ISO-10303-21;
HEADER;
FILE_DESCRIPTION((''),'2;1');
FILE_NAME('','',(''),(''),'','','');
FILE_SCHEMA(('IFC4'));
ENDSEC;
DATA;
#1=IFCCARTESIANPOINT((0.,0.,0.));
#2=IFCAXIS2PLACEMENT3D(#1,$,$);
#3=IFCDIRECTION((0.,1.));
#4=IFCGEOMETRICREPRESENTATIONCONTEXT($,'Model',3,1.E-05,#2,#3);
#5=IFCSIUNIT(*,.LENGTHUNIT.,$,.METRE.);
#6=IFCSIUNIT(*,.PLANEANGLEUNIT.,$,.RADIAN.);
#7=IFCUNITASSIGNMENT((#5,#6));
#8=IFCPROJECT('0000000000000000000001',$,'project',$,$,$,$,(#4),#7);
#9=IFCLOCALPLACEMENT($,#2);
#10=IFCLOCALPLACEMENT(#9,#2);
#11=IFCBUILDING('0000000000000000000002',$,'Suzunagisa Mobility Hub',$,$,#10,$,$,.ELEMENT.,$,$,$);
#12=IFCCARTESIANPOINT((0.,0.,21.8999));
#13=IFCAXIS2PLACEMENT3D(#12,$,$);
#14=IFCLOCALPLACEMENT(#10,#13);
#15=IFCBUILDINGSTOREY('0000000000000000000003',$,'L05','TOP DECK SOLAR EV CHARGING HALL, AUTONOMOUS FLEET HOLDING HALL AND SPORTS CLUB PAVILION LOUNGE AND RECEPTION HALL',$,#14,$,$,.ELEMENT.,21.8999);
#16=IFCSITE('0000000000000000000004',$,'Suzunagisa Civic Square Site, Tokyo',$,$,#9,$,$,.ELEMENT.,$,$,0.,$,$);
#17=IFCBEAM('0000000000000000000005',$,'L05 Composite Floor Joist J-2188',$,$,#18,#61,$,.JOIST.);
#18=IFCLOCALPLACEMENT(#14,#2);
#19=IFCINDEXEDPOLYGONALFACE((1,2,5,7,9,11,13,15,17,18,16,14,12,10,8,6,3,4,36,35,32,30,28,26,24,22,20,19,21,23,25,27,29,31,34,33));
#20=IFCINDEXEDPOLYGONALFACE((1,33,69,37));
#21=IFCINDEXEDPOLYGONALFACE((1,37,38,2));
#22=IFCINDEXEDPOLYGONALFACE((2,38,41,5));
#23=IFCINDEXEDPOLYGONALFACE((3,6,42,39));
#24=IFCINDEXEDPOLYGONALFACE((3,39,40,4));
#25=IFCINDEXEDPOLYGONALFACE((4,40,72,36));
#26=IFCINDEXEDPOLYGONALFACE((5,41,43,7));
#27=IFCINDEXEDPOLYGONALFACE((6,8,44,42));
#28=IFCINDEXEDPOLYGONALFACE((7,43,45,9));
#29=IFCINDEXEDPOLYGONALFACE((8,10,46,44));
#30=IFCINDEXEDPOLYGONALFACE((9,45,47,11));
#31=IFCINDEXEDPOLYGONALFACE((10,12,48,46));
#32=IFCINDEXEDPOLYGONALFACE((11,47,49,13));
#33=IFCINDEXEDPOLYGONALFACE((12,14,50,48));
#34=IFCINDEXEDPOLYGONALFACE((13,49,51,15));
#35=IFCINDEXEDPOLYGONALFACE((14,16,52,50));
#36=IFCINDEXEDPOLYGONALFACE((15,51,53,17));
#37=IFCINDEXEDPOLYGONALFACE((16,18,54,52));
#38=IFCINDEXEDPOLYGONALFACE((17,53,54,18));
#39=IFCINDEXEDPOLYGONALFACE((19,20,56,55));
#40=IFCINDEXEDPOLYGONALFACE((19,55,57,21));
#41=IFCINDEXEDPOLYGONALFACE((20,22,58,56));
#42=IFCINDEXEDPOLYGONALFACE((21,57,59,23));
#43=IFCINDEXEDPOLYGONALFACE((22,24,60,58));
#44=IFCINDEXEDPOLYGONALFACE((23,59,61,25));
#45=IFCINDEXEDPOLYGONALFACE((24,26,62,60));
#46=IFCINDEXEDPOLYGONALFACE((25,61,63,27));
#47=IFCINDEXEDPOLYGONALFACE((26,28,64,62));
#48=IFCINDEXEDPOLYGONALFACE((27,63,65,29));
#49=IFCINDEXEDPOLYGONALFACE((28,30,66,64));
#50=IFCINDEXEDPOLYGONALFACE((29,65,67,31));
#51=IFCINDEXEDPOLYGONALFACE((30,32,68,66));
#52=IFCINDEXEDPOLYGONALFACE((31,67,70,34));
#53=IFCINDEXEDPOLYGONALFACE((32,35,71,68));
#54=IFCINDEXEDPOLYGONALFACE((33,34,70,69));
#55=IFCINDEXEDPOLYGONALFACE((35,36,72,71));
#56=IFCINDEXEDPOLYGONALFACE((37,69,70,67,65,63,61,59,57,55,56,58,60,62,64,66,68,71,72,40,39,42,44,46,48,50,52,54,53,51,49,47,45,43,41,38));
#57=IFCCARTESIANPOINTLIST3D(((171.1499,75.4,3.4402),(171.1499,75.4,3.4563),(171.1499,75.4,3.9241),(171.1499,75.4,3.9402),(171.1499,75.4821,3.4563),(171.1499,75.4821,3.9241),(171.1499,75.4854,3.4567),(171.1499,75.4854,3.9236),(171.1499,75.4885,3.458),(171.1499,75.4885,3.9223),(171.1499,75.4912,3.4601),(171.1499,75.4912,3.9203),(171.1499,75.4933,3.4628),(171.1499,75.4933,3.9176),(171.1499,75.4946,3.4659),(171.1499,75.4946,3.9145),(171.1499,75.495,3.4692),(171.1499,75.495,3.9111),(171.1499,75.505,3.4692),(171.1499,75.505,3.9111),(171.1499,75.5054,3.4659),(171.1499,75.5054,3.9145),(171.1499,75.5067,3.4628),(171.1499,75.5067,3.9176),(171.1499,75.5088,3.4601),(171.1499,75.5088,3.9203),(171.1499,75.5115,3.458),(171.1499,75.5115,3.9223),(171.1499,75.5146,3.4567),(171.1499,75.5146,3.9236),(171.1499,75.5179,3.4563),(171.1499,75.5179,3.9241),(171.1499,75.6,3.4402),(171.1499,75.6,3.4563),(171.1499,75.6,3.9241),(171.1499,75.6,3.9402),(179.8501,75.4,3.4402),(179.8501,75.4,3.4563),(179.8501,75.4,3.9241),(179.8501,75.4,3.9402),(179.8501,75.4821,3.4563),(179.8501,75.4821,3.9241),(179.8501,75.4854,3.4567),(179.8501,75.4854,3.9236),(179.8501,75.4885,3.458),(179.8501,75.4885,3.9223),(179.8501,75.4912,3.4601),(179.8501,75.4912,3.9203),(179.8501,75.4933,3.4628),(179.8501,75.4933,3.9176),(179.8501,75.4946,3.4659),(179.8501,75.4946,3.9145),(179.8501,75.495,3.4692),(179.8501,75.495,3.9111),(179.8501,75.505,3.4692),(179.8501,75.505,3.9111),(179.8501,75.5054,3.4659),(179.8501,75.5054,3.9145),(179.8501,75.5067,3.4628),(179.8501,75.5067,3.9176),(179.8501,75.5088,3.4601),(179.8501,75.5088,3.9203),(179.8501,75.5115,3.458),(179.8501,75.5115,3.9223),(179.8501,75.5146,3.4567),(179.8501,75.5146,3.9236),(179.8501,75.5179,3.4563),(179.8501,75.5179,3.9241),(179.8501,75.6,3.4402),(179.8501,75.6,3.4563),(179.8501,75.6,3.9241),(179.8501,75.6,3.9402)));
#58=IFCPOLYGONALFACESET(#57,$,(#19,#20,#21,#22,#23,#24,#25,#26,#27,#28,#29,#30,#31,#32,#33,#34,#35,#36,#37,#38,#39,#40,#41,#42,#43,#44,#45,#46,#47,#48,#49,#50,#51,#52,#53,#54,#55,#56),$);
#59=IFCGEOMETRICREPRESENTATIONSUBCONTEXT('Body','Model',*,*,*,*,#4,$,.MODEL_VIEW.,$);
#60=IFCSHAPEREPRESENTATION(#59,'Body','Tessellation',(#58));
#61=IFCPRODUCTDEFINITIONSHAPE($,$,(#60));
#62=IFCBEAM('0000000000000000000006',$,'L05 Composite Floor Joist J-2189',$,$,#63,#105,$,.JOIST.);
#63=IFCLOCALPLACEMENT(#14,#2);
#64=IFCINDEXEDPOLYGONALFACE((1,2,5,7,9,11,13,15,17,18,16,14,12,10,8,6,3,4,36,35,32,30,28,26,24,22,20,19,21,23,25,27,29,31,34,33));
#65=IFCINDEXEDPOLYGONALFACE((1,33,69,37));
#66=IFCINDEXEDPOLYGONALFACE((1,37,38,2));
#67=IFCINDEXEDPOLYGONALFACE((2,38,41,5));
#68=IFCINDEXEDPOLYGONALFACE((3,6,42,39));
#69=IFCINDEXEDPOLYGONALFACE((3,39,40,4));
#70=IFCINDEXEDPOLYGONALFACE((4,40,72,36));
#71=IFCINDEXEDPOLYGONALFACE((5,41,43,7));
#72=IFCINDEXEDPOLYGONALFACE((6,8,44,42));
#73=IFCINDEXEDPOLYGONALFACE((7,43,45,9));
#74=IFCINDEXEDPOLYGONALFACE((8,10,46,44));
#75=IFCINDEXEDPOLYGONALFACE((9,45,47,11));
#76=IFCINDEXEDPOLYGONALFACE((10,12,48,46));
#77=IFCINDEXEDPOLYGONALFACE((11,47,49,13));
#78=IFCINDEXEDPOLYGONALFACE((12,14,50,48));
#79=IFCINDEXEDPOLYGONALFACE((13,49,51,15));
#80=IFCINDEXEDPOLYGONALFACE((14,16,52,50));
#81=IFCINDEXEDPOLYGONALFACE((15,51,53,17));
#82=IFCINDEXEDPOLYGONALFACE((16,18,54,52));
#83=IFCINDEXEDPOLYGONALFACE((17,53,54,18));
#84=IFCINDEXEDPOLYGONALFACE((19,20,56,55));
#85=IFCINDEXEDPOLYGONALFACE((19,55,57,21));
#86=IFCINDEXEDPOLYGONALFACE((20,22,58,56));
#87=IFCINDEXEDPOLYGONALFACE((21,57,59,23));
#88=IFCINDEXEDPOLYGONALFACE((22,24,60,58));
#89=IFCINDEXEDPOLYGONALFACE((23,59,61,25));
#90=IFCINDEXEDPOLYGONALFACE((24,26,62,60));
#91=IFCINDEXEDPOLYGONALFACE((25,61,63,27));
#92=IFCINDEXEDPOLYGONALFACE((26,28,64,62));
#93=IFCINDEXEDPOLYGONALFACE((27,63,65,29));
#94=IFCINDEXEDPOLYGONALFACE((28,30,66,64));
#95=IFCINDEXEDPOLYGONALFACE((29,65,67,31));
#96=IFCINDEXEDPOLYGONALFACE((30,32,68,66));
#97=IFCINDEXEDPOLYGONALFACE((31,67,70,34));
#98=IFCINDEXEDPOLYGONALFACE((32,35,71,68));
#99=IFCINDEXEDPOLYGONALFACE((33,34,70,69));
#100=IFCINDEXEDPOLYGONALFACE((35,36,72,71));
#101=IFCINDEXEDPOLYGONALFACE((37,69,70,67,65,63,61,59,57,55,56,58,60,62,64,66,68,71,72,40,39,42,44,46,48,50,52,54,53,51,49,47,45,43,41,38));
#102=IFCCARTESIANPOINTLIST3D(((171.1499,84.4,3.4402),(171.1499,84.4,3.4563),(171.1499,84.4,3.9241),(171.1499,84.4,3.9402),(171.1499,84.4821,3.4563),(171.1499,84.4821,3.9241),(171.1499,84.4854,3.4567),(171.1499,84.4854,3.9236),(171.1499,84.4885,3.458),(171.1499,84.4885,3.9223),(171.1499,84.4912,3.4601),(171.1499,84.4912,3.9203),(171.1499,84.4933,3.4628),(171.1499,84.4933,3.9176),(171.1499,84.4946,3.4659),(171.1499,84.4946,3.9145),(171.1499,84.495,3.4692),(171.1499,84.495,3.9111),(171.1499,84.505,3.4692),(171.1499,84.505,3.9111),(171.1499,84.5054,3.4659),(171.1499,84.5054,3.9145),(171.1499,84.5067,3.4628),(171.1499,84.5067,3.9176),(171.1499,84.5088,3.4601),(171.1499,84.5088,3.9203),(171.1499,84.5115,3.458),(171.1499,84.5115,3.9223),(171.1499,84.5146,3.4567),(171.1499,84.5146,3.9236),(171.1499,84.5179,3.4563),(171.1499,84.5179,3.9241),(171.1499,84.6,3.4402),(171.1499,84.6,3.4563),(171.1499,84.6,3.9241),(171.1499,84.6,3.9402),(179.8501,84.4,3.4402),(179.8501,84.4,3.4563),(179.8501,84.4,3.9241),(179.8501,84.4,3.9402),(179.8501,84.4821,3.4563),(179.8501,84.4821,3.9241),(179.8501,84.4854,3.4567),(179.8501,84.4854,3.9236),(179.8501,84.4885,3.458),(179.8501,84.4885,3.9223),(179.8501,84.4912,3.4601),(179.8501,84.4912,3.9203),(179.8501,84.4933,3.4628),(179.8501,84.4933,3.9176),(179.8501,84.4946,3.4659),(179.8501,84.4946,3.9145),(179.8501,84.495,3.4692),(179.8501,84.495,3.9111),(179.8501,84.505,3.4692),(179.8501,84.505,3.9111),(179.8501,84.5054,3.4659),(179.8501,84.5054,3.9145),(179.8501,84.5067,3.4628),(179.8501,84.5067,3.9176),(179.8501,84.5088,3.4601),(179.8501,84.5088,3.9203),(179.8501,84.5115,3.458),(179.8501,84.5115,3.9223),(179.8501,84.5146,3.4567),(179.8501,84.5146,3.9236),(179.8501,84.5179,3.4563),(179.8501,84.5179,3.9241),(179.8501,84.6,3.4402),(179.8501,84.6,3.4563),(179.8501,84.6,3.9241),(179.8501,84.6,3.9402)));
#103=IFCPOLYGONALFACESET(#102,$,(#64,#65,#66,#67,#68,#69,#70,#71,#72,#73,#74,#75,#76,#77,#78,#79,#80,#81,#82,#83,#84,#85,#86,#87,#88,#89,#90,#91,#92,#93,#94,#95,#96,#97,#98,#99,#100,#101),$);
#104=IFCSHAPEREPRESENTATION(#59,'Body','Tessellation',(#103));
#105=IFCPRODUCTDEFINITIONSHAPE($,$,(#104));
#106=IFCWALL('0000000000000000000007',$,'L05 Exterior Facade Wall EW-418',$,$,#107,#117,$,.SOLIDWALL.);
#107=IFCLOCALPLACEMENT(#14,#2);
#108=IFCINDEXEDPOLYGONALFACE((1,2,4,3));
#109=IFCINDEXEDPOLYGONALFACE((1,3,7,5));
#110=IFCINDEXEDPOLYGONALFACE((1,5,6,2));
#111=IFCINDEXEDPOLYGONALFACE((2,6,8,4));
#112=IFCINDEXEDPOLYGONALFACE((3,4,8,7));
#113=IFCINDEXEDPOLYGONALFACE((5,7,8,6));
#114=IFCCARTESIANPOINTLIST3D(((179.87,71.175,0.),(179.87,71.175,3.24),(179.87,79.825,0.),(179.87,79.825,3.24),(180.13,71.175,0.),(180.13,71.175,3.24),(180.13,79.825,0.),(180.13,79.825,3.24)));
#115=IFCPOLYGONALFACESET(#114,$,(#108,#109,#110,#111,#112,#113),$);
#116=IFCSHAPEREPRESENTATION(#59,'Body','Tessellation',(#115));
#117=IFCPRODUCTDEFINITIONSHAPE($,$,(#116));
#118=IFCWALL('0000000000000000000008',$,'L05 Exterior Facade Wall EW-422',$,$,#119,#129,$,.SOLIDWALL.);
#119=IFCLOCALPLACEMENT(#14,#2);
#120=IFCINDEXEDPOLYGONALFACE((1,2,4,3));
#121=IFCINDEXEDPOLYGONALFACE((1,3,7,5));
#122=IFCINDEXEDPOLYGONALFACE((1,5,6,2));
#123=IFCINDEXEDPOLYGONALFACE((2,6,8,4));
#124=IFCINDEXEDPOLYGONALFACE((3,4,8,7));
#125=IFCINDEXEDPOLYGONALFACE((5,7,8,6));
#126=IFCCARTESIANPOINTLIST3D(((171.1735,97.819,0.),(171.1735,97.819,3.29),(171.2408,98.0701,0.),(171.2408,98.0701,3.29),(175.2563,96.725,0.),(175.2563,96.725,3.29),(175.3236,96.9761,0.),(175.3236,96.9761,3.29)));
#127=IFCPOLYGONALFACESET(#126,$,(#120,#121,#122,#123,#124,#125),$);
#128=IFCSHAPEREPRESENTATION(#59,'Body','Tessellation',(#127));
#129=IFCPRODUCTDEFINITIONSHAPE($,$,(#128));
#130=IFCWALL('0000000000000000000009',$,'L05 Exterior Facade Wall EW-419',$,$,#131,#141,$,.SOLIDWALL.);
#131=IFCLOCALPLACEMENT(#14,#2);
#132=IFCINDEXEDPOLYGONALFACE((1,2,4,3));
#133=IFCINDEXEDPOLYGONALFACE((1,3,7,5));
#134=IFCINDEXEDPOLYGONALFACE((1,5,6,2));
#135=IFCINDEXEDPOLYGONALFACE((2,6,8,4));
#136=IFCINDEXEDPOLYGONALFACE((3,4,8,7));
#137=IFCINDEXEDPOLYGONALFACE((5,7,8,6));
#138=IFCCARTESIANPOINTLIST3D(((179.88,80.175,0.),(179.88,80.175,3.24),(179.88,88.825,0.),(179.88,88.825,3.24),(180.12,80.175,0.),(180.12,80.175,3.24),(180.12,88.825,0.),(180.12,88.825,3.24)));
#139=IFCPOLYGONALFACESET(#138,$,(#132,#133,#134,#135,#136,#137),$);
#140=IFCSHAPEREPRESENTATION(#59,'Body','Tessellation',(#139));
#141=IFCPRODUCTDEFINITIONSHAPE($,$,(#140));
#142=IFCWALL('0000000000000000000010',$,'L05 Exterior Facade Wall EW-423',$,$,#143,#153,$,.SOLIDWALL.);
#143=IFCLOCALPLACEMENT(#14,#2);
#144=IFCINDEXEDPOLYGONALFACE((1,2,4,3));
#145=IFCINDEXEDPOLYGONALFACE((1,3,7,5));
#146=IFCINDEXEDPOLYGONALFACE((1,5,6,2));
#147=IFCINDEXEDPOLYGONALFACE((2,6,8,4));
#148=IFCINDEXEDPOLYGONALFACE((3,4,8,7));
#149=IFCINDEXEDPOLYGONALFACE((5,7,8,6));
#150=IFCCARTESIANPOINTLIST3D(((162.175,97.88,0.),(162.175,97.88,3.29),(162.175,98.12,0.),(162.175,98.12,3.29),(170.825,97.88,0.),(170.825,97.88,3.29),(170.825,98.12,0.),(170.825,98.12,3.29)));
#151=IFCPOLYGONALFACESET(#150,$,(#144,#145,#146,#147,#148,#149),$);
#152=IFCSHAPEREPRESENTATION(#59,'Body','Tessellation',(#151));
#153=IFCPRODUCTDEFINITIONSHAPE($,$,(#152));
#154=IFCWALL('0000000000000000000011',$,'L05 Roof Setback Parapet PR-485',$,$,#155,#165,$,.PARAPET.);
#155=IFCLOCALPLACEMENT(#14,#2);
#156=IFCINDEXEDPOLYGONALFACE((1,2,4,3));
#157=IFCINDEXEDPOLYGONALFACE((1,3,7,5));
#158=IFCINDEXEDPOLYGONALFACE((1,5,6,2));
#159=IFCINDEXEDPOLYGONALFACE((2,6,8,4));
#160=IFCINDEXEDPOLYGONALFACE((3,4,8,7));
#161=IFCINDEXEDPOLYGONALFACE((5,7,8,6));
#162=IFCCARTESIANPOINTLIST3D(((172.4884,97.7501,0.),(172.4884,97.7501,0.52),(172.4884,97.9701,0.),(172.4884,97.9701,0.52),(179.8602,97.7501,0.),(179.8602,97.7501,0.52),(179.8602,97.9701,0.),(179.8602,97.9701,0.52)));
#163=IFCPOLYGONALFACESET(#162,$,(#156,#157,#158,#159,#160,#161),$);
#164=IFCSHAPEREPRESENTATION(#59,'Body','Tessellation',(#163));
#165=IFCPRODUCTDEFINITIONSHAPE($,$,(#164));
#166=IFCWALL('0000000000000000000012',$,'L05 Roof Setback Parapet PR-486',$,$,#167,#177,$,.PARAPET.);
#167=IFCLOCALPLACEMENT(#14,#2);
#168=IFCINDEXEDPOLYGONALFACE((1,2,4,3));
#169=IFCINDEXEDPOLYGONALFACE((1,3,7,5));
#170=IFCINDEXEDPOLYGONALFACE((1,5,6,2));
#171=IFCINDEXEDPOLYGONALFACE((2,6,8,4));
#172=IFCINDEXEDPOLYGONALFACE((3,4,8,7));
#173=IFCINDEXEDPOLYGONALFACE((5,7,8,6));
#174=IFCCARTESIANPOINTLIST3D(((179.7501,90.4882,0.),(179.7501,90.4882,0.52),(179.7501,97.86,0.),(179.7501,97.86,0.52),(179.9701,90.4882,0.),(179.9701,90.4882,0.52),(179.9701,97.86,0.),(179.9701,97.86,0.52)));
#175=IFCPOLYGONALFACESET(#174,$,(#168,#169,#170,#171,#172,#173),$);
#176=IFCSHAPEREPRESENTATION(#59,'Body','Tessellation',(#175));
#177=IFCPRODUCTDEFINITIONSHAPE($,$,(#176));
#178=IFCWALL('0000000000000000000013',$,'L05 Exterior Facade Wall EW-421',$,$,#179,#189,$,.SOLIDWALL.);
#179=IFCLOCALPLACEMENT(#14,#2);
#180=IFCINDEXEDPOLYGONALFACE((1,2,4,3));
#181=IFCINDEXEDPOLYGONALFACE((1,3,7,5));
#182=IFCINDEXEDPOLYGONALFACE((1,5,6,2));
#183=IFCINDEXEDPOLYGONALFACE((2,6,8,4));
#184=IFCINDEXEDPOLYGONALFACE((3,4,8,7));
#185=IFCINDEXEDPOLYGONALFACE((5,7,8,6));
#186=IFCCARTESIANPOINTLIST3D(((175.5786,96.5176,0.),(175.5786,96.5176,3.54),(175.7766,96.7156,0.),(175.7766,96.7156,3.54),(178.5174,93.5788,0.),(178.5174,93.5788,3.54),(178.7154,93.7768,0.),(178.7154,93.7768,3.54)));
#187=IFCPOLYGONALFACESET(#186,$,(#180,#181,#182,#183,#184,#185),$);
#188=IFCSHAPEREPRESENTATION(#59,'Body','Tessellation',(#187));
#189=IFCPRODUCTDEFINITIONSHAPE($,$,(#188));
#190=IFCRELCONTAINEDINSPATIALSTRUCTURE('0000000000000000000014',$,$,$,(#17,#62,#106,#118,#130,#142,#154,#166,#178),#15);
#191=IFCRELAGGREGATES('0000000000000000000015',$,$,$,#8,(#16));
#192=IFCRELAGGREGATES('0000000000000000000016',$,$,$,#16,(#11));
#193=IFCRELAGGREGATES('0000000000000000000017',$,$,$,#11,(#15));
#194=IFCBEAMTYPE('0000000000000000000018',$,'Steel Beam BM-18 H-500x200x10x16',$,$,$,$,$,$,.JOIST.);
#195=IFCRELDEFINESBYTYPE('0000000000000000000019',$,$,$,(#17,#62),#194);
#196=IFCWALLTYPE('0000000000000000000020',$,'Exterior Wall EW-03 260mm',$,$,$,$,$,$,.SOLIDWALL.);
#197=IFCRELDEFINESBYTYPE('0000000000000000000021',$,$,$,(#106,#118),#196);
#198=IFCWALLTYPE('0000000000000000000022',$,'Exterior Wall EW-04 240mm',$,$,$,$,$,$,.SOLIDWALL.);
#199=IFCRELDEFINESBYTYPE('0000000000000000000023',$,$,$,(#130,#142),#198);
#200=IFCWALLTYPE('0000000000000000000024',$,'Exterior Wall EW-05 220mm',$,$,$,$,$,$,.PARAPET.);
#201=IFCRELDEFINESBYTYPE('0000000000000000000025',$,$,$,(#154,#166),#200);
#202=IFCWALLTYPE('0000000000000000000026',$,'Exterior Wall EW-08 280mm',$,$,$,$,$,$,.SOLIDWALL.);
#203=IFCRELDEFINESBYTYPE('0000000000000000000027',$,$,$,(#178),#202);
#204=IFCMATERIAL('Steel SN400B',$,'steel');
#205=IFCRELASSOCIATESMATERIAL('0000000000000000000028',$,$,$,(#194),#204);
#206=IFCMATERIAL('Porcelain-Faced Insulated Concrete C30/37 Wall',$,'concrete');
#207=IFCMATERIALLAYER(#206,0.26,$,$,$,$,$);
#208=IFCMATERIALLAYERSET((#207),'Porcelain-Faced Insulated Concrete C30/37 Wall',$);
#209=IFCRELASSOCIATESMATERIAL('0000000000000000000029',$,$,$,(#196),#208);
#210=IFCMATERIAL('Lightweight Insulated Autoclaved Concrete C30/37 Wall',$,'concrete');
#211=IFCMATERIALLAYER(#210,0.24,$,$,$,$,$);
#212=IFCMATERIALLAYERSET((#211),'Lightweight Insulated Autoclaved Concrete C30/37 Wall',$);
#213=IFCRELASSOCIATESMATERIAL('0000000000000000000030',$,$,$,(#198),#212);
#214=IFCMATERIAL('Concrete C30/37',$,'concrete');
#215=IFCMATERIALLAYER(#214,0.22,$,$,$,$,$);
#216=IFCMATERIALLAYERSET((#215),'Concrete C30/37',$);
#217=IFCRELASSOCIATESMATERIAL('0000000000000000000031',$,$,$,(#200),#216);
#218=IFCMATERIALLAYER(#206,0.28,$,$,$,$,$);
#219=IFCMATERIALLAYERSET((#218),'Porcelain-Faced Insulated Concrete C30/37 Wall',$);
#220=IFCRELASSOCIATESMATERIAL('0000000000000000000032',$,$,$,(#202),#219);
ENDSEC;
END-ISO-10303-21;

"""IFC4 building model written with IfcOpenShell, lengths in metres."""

from ifc_helpers import new_model, si_unit, direction, frame, frame_2d, origin, origin_2d, place, context, subcontext, project, spatial, rectangle, i_section, extrude, material, layer, layer_set, material_profile, profile_set, type_object, element, save


model = new_model("IFC4")

# Units and contexts
model_context = context("Model", 3, precision=1e-05, world=origin(), true_north=direction((0.0, 1.0)))
body_context = subcontext(model_context, "Body", "Model", "MODEL_VIEW")
ifc_project = project(units=[si_unit("LENGTHUNIT", "METRE"), si_unit("PLANEANGLEUNIT", "RADIAN")], contexts=[model_context])

# Site, building, storey
site_placement = place(None, origin())
site = spatial("IfcSite", under=ifc_project, at=site_placement, Name="Suzunagisa Civic Square Site, Tokyo", CompositionType="ELEMENT", RefElevation=0.0)
building_placement = place(site_placement, origin())
building = spatial("IfcBuilding", under=site, at=building_placement, Name="Suzunagisa Mobility Hub", CompositionType="ELEMENT")
storey_placement = place(building_placement, frame((0.0, 0.0, 21.8999)))
storey = spatial("IfcBuildingStorey", under=building, at=storey_placement, Name="L05", Description="TOP DECK SOLAR EV CHARGING HALL, AUTONOMOUS FLEET HOLDING HALL AND SPORTS CLUB PAVILION LOUNGE AND RECEPTION HALL", CompositionType="ELEMENT", Elevation=21.8999)

# Beams
ifc_material_1 = material(Name="Steel SN400B", Category="steel")
ifc_material_profile_1 = material_profile(ifc_material_1, i_section(OverallWidth=0.2, OverallDepth=0.5, WebThickness=0.01, FlangeThickness=0.0161, FilletRadius=0.0129, at=origin_2d()), Name="H-500x200x10x16")
ifc_profile_set_1 = profile_set([ifc_material_profile_1], Name="Steel SN400B")
beam_type_1 = type_object("IfcBeamType", Name="Steel Beam BM-18 H-500x200x10x16", PredefinedType="JOIST", material=ifc_profile_set_1)
for number, where, z_axis, x_axis, name in (
    (1, (171.1499, 75.5, 3.6902), (1.0, 0.0, 0.0), (0.0, 1.0, 0.0), "L05 Composite Floor Joist J-2188"),
    (2, (171.1499, 84.5, 3.6902), (1.0, 0.0, 0.0), (0.0, 1.0, 0.0), "L05 Composite Floor Joist J-2189"),
):
    element("IfcBeam", number, at=place(storey_placement, frame(where, z_axis=z_axis, x_axis=x_axis)), inside=storey, type_object=beam_type_1, Name=name, PredefinedType="JOIST", context=body_context, shape_type="SweptSolid", body=[
        extrude(i_section(OverallWidth=0.2, OverallDepth=0.5, WebThickness=0.01, FlangeThickness=0.0161, FilletRadius=0.0129, at=origin_2d()), origin(), (0.0, 0.0, 1.0), 8.7002),
    ])

# Walls
ifc_material_2 = material(Name="Porcelain-Faced Insulated Concrete C30/37 Wall", Category="concrete")
ifc_layer_1 = layer(ifc_material_2, 0.26)
ifc_layer_set_1 = layer_set([ifc_layer_1], Name="Porcelain-Faced Insulated Concrete C30/37 Wall")
wall_type_1 = type_object("IfcWallType", Name="Exterior Wall EW-03 260mm", PredefinedType="SOLIDWALL", material=ifc_layer_set_1)
wall_1_placement = place(storey_placement, frame((180.0, 71.175, 0.0), z_axis=(0.0, 0.0, 1.0), x_axis=(0.0, 1.0, 0.0)))
element("IfcWall", 3, at=wall_1_placement, inside=storey, type_object=wall_type_1, Name="L05 Exterior Facade Wall EW-418", PredefinedType="SOLIDWALL", context=body_context, shape_type="SweptSolid", body=[
    extrude(rectangle(XDim=8.6499, YDim=0.26, at=frame_2d((4.325, 0.0))), origin(), (0.0, 0.0, 1.0), 3.24),
])
wall_2_placement = place(storey_placement, frame((175.2898, 96.8506, 0.0), z_axis=(0.0, 0.0, 1.0), x_axis=(-0.965925, 0.258824, 0.0)))
element("IfcWall", 4, at=wall_2_placement, inside=storey, type_object=wall_type_1, Name="L05 Exterior Facade Wall EW-422", PredefinedType="SOLIDWALL", context=body_context, shape_type="SweptSolid", body=[
    extrude(rectangle(XDim=4.2268, YDim=0.26, at=frame_2d((2.1133, 0.0))), origin(), (0.0, 0.0, 1.0), 3.29),
])
ifc_material_3 = material(Name="Lightweight Insulated Autoclaved Concrete C30/37 Wall", Category="concrete")
ifc_layer_2 = layer(ifc_material_3, 0.24)
ifc_layer_set_2 = layer_set([ifc_layer_2], Name="Lightweight Insulated Autoclaved Concrete C30/37 Wall")
wall_type_2 = type_object("IfcWallType", Name="Exterior Wall EW-04 240mm", PredefinedType="SOLIDWALL", material=ifc_layer_set_2)
wall_3_placement = place(storey_placement, frame((180.0, 80.175, 0.0), z_axis=(0.0, 0.0, 1.0), x_axis=(0.0, 1.0, 0.0)))
element("IfcWall", 5, at=wall_3_placement, inside=storey, type_object=wall_type_2, Name="L05 Exterior Facade Wall EW-419", PredefinedType="SOLIDWALL", context=body_context, shape_type="SweptSolid", body=[
    extrude(rectangle(XDim=8.6499, YDim=0.24, at=frame_2d((4.325, 0.0))), origin(), (0.0, 0.0, 1.0), 3.24),
])
wall_4_placement = place(storey_placement, frame((170.825, 98.0, 0.0), z_axis=(0.0, 0.0, 1.0), x_axis=(-1.0, 0.0, 0.0)))
element("IfcWall", 6, at=wall_4_placement, inside=storey, type_object=wall_type_2, Name="L05 Exterior Facade Wall EW-423", PredefinedType="SOLIDWALL", context=body_context, shape_type="SweptSolid", body=[
    extrude(rectangle(XDim=8.6499, YDim=0.24, at=frame_2d((4.325, 0.0))), origin(), (0.0, 0.0, 1.0), 3.29),
])
ifc_material_4 = material(Name="Concrete C30/37", Category="concrete")
ifc_layer_3 = layer(ifc_material_4, 0.22)
ifc_layer_set_3 = layer_set([ifc_layer_3], Name="Concrete C30/37")
wall_type_3 = type_object("IfcWallType", Name="Exterior Wall EW-05 220mm", PredefinedType="PARAPET", material=ifc_layer_set_3)
for number, where, z_axis, x_axis, name in (
    (7, (172.4883, 97.8601, 0.0), (0.0, 0.0, 1.0), (1.0, 0.0, 0.0), "L05 Roof Setback Parapet PR-485"),
    (8, (179.8601, 97.8601, 0.0), (0.0, 0.0, 1.0), (0.0, -1.0, 0.0), "L05 Roof Setback Parapet PR-486"),
):
    element("IfcWall", number, at=place(storey_placement, frame(where, z_axis=z_axis, x_axis=x_axis)), inside=storey, type_object=wall_type_3, Name=name, PredefinedType="PARAPET", context=body_context, shape_type="SweptSolid", body=[
        extrude(rectangle(XDim=7.3718, YDim=0.22, at=frame_2d((3.686, 0.0))), origin(), (0.0, 0.0, 1.0), 0.52),
    ])
ifc_layer_4 = layer(ifc_material_2, 0.28)
ifc_layer_set_4 = layer_set([ifc_layer_4], Name="Porcelain-Faced Insulated Concrete C30/37 Wall")
wall_type_4 = type_object("IfcWallType", Name="Exterior Wall EW-08 280mm", PredefinedType="SOLIDWALL", material=ifc_layer_set_4)
wall_5_placement = place(storey_placement, frame((178.6165, 93.6777, 0.0), z_axis=(0.0, 0.0, 1.0), x_axis=(-0.707107, 0.707107, 0.0)))
element("IfcWall", 9, at=wall_5_placement, inside=storey, type_object=wall_type_4, Name="L05 Exterior Facade Wall EW-421", PredefinedType="SOLIDWALL", context=body_context, shape_type="SweptSolid", body=[
    extrude(rectangle(XDim=4.156, YDim=0.28, at=frame_2d((2.0781, 0.0))), origin(), (0.0, 0.0, 1.0), 3.54),
])

save(model, "model.ifc")
